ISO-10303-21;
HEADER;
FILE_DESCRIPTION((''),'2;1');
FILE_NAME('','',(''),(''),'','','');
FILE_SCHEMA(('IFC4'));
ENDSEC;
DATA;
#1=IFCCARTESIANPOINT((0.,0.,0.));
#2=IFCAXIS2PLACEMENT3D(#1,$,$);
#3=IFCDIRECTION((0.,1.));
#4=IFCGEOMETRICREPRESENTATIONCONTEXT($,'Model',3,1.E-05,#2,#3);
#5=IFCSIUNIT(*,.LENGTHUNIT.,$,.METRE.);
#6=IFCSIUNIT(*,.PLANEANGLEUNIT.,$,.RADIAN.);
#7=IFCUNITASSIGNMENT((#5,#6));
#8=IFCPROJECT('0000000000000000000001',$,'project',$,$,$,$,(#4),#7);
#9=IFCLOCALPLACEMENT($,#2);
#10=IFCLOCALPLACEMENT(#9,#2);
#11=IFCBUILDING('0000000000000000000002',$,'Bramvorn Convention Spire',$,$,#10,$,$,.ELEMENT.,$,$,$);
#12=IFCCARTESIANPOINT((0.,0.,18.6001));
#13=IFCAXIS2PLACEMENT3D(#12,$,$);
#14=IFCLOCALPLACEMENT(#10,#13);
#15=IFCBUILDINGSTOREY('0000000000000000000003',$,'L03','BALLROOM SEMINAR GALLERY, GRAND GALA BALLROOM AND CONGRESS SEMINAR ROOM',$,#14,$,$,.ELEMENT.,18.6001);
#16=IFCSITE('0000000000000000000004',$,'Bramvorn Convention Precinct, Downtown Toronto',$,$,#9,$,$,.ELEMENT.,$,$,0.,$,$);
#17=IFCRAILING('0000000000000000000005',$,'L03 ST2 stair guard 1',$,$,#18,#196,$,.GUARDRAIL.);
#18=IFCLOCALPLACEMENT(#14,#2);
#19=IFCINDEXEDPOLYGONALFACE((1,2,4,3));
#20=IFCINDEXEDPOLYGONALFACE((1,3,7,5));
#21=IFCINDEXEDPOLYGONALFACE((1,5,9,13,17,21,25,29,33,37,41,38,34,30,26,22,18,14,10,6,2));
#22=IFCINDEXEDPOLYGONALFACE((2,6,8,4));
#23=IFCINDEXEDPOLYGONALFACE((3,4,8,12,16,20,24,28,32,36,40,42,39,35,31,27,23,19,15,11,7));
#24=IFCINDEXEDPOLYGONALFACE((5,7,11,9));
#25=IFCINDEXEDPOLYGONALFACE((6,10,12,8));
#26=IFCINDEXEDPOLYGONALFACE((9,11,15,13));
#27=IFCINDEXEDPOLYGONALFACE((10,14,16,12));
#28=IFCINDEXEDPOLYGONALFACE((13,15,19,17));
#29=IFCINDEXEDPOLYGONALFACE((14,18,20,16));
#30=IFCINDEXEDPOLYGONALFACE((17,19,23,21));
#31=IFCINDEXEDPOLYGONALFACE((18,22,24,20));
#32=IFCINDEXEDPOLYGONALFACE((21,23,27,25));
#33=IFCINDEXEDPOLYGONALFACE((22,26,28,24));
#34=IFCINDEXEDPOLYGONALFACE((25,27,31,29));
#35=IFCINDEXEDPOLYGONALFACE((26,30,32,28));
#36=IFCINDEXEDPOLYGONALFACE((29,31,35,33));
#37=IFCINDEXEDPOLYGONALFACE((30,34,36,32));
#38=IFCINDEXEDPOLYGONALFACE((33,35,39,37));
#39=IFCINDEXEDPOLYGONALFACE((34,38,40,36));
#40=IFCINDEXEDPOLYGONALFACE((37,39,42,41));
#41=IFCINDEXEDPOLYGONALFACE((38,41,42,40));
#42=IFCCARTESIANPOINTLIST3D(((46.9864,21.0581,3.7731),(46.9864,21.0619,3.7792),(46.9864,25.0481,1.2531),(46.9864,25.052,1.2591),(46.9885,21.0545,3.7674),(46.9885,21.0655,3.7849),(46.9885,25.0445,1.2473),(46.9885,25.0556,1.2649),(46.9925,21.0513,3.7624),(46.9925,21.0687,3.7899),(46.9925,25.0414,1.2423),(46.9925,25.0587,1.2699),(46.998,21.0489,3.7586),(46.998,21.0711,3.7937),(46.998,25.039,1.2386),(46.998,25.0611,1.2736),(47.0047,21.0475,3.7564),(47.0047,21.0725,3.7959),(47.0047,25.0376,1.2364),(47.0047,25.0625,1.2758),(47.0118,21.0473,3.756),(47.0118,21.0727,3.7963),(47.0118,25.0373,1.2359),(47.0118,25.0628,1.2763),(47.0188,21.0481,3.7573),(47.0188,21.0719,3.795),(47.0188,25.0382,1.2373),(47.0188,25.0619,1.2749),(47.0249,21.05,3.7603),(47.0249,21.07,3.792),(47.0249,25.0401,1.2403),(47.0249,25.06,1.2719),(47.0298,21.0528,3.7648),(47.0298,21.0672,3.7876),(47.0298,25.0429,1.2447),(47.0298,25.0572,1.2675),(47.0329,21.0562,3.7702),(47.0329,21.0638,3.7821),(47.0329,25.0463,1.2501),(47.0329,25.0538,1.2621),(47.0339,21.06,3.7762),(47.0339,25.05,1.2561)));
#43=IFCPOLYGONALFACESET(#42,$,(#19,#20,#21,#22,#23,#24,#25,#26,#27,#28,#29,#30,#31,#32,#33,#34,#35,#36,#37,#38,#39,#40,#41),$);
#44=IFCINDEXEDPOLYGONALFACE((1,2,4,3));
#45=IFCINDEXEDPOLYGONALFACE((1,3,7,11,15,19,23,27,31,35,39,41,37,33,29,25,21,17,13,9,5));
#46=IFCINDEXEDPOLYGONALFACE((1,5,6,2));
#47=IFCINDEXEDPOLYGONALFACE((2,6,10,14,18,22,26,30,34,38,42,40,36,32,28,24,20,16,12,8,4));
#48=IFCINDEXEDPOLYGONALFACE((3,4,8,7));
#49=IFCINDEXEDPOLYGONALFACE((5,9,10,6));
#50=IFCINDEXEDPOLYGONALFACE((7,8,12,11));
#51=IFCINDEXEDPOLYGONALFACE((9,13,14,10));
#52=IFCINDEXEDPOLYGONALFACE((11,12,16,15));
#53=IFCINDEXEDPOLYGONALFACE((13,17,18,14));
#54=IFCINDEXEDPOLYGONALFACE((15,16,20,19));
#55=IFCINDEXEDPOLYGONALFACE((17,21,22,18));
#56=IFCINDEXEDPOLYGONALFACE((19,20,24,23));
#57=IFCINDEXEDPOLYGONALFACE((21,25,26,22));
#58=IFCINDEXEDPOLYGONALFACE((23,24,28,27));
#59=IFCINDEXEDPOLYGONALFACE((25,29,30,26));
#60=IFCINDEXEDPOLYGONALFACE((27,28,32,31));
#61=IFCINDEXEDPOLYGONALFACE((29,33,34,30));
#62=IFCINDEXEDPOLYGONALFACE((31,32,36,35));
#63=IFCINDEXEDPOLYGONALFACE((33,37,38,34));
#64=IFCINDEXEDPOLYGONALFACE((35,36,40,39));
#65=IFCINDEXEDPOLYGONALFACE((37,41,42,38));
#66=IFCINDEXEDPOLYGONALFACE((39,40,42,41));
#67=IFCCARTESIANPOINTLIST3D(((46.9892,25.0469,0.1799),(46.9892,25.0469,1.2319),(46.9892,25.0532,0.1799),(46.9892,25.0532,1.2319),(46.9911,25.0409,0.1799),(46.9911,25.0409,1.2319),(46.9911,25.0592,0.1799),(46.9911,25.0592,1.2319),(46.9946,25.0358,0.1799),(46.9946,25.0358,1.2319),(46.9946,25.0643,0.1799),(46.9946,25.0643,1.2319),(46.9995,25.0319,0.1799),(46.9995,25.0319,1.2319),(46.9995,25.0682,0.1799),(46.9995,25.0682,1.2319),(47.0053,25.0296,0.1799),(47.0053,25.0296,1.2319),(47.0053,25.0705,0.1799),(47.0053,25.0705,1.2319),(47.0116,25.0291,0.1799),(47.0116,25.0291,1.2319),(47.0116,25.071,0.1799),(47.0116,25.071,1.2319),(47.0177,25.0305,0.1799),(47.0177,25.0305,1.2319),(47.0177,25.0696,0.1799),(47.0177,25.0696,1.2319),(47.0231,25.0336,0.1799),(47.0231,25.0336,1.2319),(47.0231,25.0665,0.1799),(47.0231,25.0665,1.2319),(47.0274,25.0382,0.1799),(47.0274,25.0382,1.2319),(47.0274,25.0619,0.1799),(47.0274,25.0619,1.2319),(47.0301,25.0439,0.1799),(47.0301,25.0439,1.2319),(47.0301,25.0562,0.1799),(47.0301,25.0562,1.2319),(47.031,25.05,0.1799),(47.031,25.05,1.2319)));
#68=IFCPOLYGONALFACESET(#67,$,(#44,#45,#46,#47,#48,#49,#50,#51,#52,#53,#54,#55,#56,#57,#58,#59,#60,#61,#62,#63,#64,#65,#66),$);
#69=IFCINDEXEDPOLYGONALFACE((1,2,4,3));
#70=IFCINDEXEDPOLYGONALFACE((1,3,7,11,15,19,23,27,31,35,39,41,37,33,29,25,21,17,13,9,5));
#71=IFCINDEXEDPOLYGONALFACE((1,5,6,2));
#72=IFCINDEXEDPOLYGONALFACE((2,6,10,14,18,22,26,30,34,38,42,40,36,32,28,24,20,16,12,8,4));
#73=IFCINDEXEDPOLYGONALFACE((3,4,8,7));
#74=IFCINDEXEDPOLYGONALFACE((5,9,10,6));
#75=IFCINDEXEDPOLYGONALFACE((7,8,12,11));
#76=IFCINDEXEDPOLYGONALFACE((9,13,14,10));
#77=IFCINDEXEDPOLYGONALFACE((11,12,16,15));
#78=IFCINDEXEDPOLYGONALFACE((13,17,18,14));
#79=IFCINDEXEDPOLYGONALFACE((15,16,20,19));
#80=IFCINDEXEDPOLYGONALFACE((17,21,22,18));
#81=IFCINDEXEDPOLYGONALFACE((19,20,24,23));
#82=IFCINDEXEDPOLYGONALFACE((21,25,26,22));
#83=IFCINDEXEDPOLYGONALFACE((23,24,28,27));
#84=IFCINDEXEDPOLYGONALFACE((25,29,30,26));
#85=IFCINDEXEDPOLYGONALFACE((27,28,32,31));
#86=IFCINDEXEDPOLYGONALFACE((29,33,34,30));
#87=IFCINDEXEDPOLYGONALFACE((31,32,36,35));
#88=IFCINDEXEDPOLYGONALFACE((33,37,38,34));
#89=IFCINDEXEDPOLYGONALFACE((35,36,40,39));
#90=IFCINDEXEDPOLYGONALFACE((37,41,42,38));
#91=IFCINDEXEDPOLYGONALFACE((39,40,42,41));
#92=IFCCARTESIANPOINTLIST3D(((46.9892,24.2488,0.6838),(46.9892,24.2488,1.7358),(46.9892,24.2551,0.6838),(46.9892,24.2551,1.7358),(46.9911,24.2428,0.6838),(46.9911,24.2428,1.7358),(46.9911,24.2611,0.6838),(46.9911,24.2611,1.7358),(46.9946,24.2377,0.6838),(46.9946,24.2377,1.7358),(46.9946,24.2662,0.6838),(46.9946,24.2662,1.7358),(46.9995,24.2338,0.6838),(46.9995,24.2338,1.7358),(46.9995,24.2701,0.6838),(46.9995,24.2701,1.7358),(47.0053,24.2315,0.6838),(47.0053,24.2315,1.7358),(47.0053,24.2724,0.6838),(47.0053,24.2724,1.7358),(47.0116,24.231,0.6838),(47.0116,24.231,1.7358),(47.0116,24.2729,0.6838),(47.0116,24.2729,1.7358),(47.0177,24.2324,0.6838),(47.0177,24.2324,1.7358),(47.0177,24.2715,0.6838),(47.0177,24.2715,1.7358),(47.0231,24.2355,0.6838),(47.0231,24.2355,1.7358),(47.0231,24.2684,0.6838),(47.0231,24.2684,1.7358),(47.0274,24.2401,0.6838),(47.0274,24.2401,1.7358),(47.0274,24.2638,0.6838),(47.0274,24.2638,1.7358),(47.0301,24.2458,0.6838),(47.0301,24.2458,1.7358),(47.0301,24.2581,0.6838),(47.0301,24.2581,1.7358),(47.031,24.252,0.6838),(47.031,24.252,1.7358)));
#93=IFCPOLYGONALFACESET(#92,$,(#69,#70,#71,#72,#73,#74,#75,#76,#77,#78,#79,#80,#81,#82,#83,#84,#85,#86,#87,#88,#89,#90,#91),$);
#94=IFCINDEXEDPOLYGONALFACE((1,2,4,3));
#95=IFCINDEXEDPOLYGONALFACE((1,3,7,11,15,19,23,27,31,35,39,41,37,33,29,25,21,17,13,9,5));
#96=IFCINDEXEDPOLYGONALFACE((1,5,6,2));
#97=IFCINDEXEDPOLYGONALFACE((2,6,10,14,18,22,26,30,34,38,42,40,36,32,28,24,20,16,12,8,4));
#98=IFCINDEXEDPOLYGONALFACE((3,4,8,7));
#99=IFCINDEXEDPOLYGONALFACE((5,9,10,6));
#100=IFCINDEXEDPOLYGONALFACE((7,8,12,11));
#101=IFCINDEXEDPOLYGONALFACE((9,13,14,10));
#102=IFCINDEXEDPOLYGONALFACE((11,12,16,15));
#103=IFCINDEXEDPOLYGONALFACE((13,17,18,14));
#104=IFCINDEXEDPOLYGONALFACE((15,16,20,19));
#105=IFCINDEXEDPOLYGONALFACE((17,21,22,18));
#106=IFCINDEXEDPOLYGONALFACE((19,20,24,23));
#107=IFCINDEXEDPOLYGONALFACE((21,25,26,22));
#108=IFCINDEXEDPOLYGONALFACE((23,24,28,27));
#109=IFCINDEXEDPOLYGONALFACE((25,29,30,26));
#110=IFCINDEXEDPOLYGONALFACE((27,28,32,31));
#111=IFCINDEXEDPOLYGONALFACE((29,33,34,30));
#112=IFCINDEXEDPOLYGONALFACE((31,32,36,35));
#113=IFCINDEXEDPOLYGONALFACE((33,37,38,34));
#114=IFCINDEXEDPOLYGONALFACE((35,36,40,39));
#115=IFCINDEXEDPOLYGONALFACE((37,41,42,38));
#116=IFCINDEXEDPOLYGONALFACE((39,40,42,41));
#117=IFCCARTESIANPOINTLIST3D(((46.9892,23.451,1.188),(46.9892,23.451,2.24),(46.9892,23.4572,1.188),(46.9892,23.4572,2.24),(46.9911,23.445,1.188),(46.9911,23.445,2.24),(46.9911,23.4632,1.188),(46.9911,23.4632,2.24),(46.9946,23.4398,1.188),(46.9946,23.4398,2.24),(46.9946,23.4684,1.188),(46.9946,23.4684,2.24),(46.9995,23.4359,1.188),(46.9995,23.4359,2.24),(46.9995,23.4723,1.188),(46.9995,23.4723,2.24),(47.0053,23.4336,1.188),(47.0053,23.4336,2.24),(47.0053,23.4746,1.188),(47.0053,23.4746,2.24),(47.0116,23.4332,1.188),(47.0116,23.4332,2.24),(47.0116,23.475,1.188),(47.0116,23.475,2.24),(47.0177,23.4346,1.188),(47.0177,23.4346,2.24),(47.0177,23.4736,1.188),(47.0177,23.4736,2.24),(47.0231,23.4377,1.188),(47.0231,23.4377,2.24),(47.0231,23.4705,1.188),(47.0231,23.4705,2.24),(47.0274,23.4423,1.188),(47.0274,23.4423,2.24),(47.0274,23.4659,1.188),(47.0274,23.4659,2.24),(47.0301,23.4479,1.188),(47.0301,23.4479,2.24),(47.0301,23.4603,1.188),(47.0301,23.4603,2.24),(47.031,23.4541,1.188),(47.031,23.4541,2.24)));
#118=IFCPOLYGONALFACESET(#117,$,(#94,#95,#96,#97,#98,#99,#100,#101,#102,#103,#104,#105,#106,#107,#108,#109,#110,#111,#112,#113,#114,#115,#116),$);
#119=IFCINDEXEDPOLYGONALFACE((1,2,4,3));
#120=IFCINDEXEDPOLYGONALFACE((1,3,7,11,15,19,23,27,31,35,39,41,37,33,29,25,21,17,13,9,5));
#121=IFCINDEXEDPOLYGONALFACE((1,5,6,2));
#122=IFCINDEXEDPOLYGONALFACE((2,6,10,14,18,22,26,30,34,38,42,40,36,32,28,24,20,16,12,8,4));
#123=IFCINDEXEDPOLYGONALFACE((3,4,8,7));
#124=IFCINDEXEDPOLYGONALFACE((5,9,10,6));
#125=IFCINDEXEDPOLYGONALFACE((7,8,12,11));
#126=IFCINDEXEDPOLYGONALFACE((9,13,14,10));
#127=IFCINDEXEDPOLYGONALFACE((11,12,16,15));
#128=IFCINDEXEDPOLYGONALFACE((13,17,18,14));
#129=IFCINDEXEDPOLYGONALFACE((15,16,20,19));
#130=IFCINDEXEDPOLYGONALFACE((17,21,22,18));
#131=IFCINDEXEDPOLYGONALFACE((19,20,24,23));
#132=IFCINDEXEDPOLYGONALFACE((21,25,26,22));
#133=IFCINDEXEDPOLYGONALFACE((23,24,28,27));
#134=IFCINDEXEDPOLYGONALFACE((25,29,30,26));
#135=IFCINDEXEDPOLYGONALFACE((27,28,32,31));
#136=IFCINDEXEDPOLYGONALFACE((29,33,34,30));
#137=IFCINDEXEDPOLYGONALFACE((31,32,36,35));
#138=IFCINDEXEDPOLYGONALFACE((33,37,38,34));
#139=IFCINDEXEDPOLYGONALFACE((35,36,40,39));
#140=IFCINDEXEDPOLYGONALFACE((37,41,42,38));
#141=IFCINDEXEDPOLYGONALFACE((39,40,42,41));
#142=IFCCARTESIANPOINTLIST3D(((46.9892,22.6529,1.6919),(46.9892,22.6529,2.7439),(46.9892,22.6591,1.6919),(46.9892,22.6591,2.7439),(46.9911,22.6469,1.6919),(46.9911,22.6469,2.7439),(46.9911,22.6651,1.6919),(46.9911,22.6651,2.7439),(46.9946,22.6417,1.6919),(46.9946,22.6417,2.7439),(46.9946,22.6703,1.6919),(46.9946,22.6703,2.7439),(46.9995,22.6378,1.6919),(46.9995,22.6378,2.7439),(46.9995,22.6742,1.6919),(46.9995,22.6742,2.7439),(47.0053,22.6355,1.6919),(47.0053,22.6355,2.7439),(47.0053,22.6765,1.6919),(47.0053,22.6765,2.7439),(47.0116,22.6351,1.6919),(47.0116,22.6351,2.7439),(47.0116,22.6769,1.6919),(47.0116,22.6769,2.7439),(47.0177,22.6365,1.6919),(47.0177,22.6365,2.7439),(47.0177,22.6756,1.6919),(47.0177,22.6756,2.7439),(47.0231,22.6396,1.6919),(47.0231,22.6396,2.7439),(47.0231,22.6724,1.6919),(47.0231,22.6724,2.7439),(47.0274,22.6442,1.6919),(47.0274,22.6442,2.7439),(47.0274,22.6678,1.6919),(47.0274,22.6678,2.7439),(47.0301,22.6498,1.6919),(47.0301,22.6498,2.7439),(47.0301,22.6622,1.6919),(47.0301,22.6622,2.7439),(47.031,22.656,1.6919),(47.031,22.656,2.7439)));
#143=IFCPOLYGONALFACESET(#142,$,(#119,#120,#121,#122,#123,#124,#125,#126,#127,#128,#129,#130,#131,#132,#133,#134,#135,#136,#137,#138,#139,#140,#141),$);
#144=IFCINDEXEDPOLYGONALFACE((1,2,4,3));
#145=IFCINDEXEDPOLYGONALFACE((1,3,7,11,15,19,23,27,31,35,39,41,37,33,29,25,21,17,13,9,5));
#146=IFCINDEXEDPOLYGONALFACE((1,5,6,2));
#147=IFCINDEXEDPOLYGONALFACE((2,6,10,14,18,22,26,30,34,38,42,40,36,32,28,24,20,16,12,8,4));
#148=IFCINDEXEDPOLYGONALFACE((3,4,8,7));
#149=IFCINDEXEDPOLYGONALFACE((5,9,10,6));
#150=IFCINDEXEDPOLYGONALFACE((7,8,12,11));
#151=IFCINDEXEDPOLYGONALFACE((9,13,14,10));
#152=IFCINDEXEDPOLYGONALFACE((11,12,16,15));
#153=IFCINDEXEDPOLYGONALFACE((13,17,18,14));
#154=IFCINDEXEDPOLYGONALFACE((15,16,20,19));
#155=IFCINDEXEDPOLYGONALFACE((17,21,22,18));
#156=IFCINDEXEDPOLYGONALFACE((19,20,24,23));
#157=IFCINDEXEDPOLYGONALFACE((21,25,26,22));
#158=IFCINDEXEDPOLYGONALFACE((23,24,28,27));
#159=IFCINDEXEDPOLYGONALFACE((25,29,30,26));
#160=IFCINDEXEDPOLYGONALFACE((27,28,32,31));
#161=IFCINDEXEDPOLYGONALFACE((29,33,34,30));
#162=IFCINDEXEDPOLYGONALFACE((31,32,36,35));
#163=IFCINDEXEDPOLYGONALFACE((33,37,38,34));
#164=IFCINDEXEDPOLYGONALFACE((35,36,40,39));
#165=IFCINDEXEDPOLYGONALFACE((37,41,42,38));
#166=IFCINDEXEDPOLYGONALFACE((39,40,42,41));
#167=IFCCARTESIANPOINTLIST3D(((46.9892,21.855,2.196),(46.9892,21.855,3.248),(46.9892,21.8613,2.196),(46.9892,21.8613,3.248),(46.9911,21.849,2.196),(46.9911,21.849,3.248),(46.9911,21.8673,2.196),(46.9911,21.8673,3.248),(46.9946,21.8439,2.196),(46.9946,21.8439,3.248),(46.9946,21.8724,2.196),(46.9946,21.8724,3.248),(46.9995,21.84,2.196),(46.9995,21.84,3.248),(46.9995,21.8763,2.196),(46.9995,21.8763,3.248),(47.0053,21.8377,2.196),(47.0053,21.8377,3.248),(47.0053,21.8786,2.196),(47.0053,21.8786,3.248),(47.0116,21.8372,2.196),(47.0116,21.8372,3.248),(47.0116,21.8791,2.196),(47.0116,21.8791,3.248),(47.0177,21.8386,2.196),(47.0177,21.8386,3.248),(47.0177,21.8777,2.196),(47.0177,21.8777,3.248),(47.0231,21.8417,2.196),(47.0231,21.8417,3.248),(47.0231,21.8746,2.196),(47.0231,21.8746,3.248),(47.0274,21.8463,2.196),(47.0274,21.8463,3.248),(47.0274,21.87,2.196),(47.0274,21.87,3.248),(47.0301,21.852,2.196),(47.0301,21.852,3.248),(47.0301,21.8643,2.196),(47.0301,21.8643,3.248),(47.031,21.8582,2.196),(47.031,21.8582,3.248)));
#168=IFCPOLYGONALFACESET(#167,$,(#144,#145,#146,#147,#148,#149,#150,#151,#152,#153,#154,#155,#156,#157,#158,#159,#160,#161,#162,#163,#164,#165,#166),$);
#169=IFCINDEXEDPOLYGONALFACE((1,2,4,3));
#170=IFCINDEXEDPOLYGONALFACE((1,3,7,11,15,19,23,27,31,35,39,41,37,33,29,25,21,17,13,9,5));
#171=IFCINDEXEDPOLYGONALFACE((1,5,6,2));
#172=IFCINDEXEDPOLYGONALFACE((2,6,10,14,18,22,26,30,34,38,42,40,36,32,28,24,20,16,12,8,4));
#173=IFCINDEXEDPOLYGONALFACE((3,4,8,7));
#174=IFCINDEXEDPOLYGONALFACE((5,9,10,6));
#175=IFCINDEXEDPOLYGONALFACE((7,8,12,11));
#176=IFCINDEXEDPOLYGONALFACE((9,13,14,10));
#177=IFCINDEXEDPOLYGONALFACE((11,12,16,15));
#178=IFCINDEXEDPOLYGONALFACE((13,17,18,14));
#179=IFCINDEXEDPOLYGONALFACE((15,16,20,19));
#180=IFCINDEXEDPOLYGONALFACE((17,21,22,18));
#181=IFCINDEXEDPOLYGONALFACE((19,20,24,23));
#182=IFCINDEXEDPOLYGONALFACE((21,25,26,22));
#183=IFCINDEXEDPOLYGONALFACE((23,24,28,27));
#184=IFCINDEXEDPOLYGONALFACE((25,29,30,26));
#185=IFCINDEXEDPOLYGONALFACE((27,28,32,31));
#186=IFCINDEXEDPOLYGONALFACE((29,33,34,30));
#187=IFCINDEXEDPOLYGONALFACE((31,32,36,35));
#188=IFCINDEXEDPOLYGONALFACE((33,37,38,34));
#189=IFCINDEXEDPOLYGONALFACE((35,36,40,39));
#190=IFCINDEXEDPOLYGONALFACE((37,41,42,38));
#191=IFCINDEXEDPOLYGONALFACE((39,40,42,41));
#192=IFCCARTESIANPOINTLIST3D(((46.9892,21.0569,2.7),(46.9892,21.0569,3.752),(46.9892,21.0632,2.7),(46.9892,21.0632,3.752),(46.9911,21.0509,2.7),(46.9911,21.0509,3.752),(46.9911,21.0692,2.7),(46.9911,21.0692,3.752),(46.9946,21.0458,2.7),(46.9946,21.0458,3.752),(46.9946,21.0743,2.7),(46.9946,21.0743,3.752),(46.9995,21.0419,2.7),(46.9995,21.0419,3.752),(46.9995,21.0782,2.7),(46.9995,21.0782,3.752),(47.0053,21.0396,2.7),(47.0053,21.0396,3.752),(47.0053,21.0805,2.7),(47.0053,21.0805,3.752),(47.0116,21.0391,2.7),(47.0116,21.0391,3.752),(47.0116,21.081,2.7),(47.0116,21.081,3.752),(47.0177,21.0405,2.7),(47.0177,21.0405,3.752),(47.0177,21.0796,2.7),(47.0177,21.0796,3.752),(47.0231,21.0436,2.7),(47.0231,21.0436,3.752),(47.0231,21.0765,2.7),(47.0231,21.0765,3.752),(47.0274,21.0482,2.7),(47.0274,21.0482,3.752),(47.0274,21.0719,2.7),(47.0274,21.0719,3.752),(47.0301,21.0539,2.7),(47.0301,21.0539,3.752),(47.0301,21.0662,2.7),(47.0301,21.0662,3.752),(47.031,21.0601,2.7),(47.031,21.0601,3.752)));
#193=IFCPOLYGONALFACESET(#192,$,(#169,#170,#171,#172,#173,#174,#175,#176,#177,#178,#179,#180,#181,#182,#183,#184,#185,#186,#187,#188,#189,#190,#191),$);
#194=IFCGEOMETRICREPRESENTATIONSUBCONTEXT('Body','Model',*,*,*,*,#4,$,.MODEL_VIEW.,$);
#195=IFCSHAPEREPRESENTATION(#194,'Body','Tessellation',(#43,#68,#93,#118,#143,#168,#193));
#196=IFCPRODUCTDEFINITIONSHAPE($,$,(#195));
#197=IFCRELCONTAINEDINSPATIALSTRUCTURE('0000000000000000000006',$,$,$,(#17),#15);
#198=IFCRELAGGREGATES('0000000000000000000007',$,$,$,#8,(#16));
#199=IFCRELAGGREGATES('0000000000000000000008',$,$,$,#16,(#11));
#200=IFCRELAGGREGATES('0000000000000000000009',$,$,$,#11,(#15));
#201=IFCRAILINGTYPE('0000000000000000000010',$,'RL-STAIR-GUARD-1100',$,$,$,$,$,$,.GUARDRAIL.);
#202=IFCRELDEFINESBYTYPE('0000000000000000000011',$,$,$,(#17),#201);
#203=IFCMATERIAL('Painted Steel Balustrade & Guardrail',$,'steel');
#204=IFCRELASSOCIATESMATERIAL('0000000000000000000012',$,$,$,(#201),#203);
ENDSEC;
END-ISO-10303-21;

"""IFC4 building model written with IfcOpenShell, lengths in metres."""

from ifc_helpers import new_model, si_unit, direction, frame, origin, origin_2d, place, context, subcontext, project, spatial, circle, extrude, material, type_object, element, save


model = new_model("IFC4")

# Units and contexts
model_context = context("Model", 3, precision=1e-05, world=origin(), true_north=direction((0.0, 1.0)))
body_context = subcontext(model_context, "Body", "Model", "MODEL_VIEW")
ifc_project = project(units=[si_unit("LENGTHUNIT", "METRE"), si_unit("PLANEANGLEUNIT", "RADIAN")], contexts=[model_context])

# Site, building, storey
site_placement = place(None, origin())
site = spatial("IfcSite", under=ifc_project, at=site_placement, Name="Bramvorn Convention Precinct, Downtown Toronto", CompositionType="ELEMENT", RefElevation=0.0)
building_placement = place(site_placement, origin())
building = spatial("IfcBuilding", under=site, at=building_placement, Name="Bramvorn Convention Spire", CompositionType="ELEMENT")
storey_placement = place(building_placement, frame((0.0, 0.0, 18.6001)))
storey = spatial("IfcBuildingStorey", under=building, at=storey_placement, Name="L03", Description="BALLROOM SEMINAR GALLERY, GRAND GALA BALLROOM AND CONGRESS SEMINAR ROOM", CompositionType="ELEMENT", Elevation=18.6001)

# Railing
ifc_material_1 = material(Name="Painted Steel Balustrade & Guardrail", Category="steel")
railing_type_1 = type_object("IfcRailingType", Name="RL-STAIR-GUARD-1100", PredefinedType="GUARDRAIL", material=ifc_material_1)
railing_1_placement = place(storey_placement, frame((47.01, 25.05, 0.1799)))
element("IfcRailing", 1, at=railing_1_placement, inside=storey, type_object=railing_type_1, Name="L03 ST2 stair guard 1", PredefinedType="GUARDRAIL", context=body_context, shape_type="SweptSolid", body=[
    extrude(circle(Radius=0.0239, at=origin_2d()), frame((0.0, 0.0, 1.0762), z_axis=(0.0, -0.845486, 0.533997), x_axis=(1.0, 0.0, 0.0)), (0.0, 0.0, 1.0), 4.7192),
    extrude(circle(Radius=0.021, at=origin_2d()), origin(), (0.0, 0.0, 1.0), 1.052),
    extrude(circle(Radius=0.021, at=origin_2d()), frame((0.0, -0.7981, 0.5039)), (0.0, 0.0, 1.0), 1.052),
    extrude(circle(Radius=0.021, at=origin_2d()), frame((0.0, -1.5959, 1.0081)), (0.0, 0.0, 1.0), 1.052),
    extrude(circle(Radius=0.021, at=origin_2d()), frame((0.0, -2.394, 1.512)), (0.0, 0.0, 1.0), 1.052),
    extrude(circle(Radius=0.021, at=origin_2d()), frame((0.0, -3.1919, 2.0161)), (0.0, 0.0, 1.0), 1.052),
    extrude(circle(Radius=0.021, at=origin_2d()), frame((0.0, -3.99, 2.52)), (0.0, 0.0, 1.0), 1.052),
])

save(model, "model.ifc")
